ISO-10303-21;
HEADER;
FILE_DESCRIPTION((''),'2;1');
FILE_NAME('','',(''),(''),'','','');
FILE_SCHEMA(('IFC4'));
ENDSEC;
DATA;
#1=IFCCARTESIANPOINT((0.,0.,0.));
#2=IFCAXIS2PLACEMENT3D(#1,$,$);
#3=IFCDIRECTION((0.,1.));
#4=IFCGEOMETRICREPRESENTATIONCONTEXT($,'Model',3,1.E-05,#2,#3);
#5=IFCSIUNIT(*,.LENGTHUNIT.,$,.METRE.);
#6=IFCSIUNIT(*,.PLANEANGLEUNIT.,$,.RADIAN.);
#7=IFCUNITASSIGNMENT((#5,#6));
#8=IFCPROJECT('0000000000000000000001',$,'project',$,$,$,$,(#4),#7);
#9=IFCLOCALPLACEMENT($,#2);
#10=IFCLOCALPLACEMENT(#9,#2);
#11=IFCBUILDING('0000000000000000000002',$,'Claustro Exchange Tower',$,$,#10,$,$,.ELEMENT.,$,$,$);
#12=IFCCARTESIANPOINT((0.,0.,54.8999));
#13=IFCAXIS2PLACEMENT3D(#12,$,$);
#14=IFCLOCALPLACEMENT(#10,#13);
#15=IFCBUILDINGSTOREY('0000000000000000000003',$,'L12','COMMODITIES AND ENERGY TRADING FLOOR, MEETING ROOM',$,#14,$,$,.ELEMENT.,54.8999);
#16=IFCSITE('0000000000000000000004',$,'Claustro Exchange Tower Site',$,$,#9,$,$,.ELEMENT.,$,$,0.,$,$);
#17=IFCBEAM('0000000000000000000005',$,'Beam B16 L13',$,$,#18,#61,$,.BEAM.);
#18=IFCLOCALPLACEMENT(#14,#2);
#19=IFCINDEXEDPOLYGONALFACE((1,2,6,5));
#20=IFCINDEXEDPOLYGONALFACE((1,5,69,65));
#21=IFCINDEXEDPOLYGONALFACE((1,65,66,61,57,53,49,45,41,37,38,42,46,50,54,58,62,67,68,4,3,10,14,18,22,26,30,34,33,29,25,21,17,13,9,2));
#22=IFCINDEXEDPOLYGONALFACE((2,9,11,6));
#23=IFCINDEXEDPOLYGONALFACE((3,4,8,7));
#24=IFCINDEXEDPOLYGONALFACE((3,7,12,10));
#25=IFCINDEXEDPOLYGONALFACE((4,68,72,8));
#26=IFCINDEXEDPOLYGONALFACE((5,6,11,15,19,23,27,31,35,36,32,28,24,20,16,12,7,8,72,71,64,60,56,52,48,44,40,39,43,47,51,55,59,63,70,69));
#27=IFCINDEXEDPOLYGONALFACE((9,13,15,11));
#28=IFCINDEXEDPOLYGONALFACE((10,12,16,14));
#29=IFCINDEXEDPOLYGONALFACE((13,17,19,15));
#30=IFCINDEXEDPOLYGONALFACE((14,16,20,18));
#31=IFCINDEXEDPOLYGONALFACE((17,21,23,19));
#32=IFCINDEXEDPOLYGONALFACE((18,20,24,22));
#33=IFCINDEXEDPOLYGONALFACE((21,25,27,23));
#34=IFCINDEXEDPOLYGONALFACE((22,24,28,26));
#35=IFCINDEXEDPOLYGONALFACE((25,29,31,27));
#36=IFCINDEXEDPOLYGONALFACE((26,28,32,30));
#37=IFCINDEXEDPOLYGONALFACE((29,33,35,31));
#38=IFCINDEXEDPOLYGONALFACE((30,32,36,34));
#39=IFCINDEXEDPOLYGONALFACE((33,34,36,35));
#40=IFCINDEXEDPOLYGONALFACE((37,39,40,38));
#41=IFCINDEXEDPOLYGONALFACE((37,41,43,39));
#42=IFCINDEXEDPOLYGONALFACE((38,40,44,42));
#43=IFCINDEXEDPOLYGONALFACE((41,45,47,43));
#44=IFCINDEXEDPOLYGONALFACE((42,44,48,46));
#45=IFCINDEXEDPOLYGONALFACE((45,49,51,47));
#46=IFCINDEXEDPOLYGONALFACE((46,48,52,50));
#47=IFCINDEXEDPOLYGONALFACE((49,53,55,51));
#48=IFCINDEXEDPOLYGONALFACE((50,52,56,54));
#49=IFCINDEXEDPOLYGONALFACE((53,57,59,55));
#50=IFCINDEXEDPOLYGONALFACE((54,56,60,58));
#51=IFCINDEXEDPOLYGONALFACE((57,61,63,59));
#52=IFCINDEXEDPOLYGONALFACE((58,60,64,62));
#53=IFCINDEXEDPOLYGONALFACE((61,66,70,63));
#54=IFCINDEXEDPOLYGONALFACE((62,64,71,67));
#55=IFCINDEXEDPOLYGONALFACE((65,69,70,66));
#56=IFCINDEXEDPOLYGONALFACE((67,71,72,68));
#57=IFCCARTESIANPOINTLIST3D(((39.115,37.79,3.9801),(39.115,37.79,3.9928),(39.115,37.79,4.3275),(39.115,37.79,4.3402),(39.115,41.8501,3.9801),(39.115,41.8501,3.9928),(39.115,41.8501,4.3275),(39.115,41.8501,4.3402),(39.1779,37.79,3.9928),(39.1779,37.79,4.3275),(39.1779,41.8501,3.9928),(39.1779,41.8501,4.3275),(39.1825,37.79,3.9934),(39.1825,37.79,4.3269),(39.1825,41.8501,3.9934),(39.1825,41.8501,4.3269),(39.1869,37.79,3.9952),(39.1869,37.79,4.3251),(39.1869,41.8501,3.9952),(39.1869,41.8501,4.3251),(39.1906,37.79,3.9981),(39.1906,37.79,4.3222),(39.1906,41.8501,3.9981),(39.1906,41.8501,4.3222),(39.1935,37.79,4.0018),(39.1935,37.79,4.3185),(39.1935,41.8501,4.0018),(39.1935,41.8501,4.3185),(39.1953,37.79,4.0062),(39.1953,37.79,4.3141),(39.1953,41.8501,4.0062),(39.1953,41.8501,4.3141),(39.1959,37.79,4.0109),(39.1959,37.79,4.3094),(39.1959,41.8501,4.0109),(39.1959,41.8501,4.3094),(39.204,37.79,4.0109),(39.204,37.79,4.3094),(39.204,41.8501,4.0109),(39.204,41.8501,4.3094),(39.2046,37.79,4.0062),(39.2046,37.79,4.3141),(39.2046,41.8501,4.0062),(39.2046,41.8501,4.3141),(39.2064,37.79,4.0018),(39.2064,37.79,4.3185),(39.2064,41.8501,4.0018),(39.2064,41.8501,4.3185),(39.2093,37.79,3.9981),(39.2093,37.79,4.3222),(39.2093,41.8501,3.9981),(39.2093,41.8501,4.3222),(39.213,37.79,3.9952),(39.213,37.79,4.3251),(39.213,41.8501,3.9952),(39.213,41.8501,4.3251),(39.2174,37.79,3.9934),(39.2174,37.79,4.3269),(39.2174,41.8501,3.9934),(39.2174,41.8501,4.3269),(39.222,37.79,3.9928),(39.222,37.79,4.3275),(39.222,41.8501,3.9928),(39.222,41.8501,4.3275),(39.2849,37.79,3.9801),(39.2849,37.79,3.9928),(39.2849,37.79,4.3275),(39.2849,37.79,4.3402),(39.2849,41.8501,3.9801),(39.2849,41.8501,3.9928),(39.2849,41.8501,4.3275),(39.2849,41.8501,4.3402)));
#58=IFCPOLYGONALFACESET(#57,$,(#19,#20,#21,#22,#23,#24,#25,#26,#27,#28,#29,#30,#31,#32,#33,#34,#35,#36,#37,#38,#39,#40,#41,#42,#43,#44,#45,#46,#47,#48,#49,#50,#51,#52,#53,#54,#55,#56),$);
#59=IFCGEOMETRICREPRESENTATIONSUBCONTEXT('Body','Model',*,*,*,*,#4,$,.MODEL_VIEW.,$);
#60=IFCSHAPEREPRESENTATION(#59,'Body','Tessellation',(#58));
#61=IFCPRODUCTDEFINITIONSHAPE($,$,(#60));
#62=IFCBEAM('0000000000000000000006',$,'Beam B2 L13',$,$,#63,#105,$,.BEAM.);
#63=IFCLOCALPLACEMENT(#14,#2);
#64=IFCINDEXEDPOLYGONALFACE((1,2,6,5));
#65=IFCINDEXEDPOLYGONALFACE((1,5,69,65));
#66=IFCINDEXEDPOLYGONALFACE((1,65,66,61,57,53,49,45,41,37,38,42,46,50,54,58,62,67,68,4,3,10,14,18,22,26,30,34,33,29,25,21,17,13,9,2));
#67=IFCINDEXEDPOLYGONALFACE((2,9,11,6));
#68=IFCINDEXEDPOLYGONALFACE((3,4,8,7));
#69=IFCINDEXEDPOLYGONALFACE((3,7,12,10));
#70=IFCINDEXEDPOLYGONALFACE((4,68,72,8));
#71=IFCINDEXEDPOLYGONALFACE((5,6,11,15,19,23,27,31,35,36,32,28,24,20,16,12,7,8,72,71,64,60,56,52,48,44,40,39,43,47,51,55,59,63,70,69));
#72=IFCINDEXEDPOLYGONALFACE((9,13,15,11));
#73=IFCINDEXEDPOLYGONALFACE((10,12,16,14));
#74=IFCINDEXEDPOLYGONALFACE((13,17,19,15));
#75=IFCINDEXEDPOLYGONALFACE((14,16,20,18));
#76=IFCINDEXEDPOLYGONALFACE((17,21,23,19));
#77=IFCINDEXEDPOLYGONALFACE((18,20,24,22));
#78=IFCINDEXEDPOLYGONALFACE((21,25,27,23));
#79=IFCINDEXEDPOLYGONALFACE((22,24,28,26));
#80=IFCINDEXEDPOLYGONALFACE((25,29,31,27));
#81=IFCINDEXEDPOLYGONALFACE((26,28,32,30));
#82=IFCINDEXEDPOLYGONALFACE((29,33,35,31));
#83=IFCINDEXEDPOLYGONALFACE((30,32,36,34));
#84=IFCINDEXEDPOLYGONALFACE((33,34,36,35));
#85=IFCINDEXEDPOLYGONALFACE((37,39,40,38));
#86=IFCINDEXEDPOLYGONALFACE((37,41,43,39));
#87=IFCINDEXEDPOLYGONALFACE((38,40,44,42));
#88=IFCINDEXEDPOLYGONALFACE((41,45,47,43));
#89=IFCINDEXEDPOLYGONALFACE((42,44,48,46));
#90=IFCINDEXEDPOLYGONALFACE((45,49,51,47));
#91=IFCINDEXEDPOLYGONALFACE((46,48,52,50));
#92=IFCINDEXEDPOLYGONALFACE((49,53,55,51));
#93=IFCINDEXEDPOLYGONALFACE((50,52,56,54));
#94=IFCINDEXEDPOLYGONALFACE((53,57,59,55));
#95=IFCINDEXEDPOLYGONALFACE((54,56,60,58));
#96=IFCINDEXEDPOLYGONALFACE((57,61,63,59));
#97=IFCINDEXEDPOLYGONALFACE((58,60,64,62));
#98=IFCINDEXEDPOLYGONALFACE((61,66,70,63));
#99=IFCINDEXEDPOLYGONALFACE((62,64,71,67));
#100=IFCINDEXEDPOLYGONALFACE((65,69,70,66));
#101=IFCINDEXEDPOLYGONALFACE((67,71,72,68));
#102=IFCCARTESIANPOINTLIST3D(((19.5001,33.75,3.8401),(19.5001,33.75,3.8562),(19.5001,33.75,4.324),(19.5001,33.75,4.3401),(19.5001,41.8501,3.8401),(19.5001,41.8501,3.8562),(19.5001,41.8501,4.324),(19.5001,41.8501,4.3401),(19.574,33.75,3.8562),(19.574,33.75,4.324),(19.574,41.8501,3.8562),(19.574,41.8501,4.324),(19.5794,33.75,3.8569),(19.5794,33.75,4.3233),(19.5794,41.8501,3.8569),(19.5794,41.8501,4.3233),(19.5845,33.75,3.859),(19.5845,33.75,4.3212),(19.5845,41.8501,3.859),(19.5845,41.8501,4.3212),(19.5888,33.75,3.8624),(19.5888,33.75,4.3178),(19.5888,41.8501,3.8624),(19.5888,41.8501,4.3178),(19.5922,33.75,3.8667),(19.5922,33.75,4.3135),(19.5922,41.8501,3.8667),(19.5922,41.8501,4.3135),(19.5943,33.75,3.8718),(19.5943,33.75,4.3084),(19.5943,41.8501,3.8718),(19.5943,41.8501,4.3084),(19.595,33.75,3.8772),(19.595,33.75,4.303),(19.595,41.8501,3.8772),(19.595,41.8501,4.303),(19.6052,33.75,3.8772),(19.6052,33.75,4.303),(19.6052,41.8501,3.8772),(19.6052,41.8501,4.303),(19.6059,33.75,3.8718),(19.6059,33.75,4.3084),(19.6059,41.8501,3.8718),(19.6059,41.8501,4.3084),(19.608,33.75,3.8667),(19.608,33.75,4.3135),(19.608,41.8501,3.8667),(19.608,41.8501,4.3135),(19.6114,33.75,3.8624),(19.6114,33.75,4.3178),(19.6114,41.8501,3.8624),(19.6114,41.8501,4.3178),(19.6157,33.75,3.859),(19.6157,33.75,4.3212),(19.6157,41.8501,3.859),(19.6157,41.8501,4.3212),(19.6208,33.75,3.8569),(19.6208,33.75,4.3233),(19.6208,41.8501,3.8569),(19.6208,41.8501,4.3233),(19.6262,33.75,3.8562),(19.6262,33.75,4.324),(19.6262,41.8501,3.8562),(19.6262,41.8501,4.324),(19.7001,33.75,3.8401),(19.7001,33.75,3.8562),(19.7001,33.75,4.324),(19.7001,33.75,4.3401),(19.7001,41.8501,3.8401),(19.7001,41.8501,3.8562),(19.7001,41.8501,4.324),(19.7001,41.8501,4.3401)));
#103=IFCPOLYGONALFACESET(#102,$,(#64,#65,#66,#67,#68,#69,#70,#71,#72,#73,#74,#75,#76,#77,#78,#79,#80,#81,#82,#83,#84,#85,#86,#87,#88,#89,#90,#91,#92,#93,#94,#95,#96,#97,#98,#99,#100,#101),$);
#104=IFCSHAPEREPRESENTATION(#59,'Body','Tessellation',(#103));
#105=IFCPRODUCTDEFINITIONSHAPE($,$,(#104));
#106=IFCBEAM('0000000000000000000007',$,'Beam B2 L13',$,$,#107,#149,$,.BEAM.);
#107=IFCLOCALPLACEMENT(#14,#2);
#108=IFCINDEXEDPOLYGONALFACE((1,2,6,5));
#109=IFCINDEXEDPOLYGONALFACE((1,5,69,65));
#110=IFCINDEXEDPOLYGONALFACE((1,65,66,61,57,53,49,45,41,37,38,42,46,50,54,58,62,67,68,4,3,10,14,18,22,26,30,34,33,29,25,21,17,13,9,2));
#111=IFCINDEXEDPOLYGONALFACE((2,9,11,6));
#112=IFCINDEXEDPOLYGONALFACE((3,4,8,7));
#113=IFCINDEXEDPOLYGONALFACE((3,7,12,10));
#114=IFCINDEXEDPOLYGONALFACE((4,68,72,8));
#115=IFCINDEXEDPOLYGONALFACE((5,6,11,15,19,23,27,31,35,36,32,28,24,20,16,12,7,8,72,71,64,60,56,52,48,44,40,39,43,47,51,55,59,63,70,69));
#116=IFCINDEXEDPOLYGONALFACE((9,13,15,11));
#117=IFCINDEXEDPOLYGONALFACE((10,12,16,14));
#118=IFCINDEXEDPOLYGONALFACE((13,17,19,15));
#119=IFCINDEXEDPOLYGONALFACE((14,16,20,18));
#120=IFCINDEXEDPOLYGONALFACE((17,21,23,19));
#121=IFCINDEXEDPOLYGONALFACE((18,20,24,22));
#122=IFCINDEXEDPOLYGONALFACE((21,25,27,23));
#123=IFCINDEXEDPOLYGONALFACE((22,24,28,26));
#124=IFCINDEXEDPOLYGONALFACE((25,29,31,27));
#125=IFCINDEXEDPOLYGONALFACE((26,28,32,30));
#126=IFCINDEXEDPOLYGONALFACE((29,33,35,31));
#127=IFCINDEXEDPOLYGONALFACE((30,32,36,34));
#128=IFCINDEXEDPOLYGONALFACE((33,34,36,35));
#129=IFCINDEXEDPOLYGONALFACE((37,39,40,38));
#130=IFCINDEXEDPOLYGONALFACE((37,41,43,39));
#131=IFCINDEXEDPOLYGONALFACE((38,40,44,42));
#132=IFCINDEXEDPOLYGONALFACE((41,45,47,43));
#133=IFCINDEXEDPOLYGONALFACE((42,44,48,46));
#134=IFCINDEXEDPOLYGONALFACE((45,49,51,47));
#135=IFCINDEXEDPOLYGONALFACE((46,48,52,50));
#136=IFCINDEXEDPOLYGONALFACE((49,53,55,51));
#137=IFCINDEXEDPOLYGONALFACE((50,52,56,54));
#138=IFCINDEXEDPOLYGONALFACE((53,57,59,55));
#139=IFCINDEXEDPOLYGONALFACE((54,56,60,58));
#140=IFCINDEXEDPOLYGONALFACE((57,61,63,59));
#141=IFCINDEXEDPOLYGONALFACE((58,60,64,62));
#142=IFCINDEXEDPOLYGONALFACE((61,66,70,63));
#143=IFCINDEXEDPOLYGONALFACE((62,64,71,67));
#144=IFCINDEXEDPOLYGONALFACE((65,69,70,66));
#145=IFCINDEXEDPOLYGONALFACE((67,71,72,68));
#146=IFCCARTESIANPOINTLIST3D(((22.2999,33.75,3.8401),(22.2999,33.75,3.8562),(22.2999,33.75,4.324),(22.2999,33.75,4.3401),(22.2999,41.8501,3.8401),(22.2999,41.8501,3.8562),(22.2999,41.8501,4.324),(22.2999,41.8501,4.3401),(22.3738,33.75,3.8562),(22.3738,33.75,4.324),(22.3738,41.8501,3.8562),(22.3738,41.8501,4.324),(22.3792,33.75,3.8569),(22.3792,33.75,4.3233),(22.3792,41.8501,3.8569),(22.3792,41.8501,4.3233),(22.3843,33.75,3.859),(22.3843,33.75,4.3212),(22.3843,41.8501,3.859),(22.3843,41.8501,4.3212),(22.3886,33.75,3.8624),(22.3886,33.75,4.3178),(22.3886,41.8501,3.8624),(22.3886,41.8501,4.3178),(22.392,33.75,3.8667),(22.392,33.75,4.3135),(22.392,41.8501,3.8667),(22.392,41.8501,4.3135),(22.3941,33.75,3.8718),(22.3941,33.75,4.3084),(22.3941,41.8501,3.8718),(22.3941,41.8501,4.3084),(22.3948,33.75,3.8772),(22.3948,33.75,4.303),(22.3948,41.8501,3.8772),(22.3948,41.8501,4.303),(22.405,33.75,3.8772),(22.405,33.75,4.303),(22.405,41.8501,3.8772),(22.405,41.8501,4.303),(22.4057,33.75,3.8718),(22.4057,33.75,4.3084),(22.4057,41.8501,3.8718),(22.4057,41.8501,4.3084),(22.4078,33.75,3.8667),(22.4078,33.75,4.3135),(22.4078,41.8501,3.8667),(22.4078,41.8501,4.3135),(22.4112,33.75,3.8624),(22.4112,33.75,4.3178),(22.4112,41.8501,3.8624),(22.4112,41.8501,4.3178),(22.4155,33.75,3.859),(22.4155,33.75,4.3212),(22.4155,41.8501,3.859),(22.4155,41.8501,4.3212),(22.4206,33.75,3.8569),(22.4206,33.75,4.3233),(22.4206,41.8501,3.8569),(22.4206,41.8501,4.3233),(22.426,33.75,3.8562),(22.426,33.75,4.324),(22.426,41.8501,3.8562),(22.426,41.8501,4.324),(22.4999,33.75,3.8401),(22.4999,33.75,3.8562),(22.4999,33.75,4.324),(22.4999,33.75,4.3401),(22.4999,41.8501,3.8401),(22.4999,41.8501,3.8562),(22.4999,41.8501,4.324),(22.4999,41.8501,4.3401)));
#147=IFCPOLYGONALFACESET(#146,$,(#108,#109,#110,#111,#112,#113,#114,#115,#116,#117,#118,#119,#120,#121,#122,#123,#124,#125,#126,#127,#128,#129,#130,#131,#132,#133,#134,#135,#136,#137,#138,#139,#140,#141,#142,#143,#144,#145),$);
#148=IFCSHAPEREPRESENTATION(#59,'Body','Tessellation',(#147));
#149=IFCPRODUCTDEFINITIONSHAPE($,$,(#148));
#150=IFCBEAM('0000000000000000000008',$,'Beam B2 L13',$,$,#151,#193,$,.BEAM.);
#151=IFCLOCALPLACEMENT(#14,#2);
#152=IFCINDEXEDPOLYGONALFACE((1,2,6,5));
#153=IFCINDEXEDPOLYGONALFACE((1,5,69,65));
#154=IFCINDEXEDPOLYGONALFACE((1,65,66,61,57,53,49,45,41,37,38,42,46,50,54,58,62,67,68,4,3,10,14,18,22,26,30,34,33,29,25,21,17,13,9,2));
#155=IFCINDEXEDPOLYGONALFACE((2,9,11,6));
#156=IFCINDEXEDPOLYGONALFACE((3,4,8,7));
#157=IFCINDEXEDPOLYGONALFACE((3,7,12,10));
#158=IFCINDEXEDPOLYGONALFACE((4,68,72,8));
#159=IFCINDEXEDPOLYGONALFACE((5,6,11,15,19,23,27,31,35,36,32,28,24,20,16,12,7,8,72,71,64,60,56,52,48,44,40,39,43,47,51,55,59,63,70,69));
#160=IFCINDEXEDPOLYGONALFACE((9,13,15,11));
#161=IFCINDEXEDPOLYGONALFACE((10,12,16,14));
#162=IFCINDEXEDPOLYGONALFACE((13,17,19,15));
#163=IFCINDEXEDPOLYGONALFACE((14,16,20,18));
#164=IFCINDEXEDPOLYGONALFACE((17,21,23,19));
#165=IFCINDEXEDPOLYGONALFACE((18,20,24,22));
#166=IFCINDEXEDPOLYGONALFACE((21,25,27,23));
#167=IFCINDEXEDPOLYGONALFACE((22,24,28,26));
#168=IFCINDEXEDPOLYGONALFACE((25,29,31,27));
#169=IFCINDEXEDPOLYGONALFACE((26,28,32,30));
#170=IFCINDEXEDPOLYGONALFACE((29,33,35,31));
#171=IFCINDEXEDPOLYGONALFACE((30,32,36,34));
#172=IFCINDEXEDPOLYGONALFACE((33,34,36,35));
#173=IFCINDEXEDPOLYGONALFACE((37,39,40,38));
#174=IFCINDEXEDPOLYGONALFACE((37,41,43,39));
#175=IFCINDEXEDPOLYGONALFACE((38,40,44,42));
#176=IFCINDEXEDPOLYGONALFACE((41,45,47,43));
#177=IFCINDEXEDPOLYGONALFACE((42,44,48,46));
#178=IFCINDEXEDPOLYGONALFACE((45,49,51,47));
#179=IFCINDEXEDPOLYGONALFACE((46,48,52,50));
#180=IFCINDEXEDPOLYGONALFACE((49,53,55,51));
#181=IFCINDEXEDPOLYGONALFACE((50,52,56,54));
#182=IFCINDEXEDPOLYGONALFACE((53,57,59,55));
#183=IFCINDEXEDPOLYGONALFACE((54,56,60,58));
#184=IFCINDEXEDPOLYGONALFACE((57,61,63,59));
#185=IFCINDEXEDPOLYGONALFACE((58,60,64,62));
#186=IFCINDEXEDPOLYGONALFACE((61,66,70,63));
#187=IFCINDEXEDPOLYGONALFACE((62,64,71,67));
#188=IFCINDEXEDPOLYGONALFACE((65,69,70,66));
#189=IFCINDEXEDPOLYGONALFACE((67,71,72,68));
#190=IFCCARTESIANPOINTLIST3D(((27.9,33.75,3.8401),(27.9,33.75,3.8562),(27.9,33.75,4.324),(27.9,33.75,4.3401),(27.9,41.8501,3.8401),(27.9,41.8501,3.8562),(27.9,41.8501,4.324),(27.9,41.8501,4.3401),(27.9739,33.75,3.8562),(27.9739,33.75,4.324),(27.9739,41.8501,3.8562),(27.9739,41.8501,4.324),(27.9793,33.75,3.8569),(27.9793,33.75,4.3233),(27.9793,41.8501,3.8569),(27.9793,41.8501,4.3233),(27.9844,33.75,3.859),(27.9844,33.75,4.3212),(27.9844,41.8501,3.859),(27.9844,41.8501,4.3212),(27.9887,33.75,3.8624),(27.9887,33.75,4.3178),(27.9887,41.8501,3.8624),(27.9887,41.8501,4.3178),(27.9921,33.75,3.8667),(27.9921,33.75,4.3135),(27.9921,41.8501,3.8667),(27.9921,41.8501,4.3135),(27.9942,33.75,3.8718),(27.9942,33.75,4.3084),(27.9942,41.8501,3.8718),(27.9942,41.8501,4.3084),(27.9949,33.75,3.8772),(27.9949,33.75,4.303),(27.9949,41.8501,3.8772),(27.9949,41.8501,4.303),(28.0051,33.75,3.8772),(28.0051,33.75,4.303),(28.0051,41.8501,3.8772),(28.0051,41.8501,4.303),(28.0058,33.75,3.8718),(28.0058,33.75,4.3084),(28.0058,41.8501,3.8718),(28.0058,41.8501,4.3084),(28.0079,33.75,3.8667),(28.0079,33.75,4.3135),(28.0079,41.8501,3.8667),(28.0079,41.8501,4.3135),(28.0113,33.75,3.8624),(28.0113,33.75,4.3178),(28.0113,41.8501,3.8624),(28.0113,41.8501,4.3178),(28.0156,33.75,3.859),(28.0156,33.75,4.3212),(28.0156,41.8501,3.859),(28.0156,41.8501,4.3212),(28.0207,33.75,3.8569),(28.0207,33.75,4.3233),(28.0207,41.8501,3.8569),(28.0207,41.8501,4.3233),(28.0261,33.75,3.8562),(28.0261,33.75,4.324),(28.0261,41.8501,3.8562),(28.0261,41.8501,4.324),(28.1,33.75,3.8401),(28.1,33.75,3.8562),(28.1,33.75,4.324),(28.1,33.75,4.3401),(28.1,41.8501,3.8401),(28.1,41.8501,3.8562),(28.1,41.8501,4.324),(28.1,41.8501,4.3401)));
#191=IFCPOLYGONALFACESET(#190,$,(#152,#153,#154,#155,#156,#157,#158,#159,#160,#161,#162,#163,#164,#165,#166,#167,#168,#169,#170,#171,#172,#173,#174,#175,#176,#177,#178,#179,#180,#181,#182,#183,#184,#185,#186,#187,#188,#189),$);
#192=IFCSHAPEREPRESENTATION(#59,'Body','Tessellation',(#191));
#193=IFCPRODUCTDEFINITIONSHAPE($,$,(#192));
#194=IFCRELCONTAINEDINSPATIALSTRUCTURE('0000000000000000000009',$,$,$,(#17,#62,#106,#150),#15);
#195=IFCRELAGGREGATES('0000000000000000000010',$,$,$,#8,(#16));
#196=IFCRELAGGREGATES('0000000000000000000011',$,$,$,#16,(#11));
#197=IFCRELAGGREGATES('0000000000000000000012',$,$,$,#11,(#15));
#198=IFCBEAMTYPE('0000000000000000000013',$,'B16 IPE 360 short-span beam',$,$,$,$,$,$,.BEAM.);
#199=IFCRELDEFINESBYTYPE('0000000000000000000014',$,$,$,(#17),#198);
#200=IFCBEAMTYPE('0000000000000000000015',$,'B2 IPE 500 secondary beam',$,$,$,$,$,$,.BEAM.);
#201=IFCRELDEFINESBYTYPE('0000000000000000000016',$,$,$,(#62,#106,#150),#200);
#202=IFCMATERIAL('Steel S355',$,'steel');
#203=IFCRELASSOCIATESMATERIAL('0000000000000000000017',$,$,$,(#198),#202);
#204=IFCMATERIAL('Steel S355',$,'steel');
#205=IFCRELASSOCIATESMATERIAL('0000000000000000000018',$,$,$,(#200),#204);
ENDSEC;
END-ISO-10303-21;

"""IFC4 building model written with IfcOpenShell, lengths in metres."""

from ifc_helpers import new_model, si_unit, direction, frame, origin, origin_2d, place, context, subcontext, project, spatial, i_section, extrude, material, material_profile, profile_set, type_object, element, save


model = new_model("IFC4")

# Units and contexts
model_context = context("Model", 3, precision=1e-05, world=origin(), true_north=direction((0.0, 1.0)))
body_context = subcontext(model_context, "Body", "Model", "MODEL_VIEW")
ifc_project = project(units=[si_unit("LENGTHUNIT", "METRE"), si_unit("PLANEANGLEUNIT", "RADIAN")], contexts=[model_context])

# Site, building, storey
site_placement = place(None, origin())
site = spatial("IfcSite", under=ifc_project, at=site_placement, Name="Claustro Exchange Tower Site", CompositionType="ELEMENT", RefElevation=0.0)
building_placement = place(site_placement, origin())
building = spatial("IfcBuilding", under=site, at=building_placement, Name="Claustro Exchange Tower", CompositionType="ELEMENT")
storey_placement = place(building_placement, frame((0.0, 0.0, 54.8999)))
storey = spatial("IfcBuildingStorey", under=building, at=storey_placement, Name="L12", Description="COMMODITIES AND ENERGY TRADING FLOOR, MEETING ROOM", CompositionType="ELEMENT", Elevation=54.8999)

# Beams
ifc_material_1 = material(Name="Steel S355", Category="steel")
ifc_material_profile_1 = material_profile(ifc_material_1, i_section(OverallWidth=0.1699, OverallDepth=0.3601, WebThickness=0.0081, FlangeThickness=0.0127, FilletRadius=0.0181, at=origin_2d()), Name="IPE 360")
ifc_profile_set_1 = profile_set([ifc_material_profile_1], Name="Steel S355")
beam_type_1 = type_object("IfcBeamType", Name="B16 IPE 360 short-span beam", PredefinedType="BEAM", material=ifc_profile_set_1)
for number, where, z_axis, x_axis, name in (
    (1, (39.2, 37.79, 4.1602), (0.0, 1.0, 0.0), (-1.0, 0.0, 0.0), "Beam B16 L13"),
):
    element("IfcBeam", number, at=place(storey_placement, frame(where, z_axis=z_axis, x_axis=x_axis)), inside=storey, type_object=beam_type_1, Name=name, PredefinedType="BEAM", context=body_context, shape_type="SweptSolid", body=[
        extrude(i_section(OverallWidth=0.1699, OverallDepth=0.3601, WebThickness=0.0081, FlangeThickness=0.0127, FilletRadius=0.0181, at=origin_2d()), origin(), (0.0, 0.0, 1.0), 4.0601),
    ])
ifc_material_2 = material(Name="Steel S355", Category="steel")
ifc_material_profile_2 = material_profile(ifc_material_2, i_section(OverallWidth=0.2, OverallDepth=0.5, WebThickness=0.0103, FlangeThickness=0.0161, FilletRadius=0.021, at=origin_2d()), Name="IPE 500")
ifc_profile_set_2 = profile_set([ifc_material_profile_2], Name="Steel S355")
beam_type_2 = type_object("IfcBeamType", Name="B2 IPE 500 secondary beam", PredefinedType="BEAM", material=ifc_profile_set_2)
for number, where, z_axis, x_axis, name in (
    (2, (19.6001, 33.75, 4.0901), (0.0, 1.0, 0.0), (-1.0, 0.0, 0.0), "Beam B2 L13"),
    (3, (22.3999, 33.75, 4.0901), (0.0, 1.0, 0.0), (-1.0, 0.0, 0.0), "Beam B2 L13"),
    (4, (28.0, 33.75, 4.0901), (0.0, 1.0, 0.0), (-1.0, 0.0, 0.0), "Beam B2 L13"),
):
    element("IfcBeam", number, at=place(storey_placement, frame(where, z_axis=z_axis, x_axis=x_axis)), inside=storey, type_object=beam_type_2, Name=name, PredefinedType="BEAM", context=body_context, shape_type="SweptSolid", body=[
        extrude(i_section(OverallWidth=0.2, OverallDepth=0.5, WebThickness=0.0103, FlangeThickness=0.0161, FilletRadius=0.021, at=origin_2d()), origin(), (0.0, 0.0, 1.0), 8.1001),
    ])

save(model, "model.ifc")
